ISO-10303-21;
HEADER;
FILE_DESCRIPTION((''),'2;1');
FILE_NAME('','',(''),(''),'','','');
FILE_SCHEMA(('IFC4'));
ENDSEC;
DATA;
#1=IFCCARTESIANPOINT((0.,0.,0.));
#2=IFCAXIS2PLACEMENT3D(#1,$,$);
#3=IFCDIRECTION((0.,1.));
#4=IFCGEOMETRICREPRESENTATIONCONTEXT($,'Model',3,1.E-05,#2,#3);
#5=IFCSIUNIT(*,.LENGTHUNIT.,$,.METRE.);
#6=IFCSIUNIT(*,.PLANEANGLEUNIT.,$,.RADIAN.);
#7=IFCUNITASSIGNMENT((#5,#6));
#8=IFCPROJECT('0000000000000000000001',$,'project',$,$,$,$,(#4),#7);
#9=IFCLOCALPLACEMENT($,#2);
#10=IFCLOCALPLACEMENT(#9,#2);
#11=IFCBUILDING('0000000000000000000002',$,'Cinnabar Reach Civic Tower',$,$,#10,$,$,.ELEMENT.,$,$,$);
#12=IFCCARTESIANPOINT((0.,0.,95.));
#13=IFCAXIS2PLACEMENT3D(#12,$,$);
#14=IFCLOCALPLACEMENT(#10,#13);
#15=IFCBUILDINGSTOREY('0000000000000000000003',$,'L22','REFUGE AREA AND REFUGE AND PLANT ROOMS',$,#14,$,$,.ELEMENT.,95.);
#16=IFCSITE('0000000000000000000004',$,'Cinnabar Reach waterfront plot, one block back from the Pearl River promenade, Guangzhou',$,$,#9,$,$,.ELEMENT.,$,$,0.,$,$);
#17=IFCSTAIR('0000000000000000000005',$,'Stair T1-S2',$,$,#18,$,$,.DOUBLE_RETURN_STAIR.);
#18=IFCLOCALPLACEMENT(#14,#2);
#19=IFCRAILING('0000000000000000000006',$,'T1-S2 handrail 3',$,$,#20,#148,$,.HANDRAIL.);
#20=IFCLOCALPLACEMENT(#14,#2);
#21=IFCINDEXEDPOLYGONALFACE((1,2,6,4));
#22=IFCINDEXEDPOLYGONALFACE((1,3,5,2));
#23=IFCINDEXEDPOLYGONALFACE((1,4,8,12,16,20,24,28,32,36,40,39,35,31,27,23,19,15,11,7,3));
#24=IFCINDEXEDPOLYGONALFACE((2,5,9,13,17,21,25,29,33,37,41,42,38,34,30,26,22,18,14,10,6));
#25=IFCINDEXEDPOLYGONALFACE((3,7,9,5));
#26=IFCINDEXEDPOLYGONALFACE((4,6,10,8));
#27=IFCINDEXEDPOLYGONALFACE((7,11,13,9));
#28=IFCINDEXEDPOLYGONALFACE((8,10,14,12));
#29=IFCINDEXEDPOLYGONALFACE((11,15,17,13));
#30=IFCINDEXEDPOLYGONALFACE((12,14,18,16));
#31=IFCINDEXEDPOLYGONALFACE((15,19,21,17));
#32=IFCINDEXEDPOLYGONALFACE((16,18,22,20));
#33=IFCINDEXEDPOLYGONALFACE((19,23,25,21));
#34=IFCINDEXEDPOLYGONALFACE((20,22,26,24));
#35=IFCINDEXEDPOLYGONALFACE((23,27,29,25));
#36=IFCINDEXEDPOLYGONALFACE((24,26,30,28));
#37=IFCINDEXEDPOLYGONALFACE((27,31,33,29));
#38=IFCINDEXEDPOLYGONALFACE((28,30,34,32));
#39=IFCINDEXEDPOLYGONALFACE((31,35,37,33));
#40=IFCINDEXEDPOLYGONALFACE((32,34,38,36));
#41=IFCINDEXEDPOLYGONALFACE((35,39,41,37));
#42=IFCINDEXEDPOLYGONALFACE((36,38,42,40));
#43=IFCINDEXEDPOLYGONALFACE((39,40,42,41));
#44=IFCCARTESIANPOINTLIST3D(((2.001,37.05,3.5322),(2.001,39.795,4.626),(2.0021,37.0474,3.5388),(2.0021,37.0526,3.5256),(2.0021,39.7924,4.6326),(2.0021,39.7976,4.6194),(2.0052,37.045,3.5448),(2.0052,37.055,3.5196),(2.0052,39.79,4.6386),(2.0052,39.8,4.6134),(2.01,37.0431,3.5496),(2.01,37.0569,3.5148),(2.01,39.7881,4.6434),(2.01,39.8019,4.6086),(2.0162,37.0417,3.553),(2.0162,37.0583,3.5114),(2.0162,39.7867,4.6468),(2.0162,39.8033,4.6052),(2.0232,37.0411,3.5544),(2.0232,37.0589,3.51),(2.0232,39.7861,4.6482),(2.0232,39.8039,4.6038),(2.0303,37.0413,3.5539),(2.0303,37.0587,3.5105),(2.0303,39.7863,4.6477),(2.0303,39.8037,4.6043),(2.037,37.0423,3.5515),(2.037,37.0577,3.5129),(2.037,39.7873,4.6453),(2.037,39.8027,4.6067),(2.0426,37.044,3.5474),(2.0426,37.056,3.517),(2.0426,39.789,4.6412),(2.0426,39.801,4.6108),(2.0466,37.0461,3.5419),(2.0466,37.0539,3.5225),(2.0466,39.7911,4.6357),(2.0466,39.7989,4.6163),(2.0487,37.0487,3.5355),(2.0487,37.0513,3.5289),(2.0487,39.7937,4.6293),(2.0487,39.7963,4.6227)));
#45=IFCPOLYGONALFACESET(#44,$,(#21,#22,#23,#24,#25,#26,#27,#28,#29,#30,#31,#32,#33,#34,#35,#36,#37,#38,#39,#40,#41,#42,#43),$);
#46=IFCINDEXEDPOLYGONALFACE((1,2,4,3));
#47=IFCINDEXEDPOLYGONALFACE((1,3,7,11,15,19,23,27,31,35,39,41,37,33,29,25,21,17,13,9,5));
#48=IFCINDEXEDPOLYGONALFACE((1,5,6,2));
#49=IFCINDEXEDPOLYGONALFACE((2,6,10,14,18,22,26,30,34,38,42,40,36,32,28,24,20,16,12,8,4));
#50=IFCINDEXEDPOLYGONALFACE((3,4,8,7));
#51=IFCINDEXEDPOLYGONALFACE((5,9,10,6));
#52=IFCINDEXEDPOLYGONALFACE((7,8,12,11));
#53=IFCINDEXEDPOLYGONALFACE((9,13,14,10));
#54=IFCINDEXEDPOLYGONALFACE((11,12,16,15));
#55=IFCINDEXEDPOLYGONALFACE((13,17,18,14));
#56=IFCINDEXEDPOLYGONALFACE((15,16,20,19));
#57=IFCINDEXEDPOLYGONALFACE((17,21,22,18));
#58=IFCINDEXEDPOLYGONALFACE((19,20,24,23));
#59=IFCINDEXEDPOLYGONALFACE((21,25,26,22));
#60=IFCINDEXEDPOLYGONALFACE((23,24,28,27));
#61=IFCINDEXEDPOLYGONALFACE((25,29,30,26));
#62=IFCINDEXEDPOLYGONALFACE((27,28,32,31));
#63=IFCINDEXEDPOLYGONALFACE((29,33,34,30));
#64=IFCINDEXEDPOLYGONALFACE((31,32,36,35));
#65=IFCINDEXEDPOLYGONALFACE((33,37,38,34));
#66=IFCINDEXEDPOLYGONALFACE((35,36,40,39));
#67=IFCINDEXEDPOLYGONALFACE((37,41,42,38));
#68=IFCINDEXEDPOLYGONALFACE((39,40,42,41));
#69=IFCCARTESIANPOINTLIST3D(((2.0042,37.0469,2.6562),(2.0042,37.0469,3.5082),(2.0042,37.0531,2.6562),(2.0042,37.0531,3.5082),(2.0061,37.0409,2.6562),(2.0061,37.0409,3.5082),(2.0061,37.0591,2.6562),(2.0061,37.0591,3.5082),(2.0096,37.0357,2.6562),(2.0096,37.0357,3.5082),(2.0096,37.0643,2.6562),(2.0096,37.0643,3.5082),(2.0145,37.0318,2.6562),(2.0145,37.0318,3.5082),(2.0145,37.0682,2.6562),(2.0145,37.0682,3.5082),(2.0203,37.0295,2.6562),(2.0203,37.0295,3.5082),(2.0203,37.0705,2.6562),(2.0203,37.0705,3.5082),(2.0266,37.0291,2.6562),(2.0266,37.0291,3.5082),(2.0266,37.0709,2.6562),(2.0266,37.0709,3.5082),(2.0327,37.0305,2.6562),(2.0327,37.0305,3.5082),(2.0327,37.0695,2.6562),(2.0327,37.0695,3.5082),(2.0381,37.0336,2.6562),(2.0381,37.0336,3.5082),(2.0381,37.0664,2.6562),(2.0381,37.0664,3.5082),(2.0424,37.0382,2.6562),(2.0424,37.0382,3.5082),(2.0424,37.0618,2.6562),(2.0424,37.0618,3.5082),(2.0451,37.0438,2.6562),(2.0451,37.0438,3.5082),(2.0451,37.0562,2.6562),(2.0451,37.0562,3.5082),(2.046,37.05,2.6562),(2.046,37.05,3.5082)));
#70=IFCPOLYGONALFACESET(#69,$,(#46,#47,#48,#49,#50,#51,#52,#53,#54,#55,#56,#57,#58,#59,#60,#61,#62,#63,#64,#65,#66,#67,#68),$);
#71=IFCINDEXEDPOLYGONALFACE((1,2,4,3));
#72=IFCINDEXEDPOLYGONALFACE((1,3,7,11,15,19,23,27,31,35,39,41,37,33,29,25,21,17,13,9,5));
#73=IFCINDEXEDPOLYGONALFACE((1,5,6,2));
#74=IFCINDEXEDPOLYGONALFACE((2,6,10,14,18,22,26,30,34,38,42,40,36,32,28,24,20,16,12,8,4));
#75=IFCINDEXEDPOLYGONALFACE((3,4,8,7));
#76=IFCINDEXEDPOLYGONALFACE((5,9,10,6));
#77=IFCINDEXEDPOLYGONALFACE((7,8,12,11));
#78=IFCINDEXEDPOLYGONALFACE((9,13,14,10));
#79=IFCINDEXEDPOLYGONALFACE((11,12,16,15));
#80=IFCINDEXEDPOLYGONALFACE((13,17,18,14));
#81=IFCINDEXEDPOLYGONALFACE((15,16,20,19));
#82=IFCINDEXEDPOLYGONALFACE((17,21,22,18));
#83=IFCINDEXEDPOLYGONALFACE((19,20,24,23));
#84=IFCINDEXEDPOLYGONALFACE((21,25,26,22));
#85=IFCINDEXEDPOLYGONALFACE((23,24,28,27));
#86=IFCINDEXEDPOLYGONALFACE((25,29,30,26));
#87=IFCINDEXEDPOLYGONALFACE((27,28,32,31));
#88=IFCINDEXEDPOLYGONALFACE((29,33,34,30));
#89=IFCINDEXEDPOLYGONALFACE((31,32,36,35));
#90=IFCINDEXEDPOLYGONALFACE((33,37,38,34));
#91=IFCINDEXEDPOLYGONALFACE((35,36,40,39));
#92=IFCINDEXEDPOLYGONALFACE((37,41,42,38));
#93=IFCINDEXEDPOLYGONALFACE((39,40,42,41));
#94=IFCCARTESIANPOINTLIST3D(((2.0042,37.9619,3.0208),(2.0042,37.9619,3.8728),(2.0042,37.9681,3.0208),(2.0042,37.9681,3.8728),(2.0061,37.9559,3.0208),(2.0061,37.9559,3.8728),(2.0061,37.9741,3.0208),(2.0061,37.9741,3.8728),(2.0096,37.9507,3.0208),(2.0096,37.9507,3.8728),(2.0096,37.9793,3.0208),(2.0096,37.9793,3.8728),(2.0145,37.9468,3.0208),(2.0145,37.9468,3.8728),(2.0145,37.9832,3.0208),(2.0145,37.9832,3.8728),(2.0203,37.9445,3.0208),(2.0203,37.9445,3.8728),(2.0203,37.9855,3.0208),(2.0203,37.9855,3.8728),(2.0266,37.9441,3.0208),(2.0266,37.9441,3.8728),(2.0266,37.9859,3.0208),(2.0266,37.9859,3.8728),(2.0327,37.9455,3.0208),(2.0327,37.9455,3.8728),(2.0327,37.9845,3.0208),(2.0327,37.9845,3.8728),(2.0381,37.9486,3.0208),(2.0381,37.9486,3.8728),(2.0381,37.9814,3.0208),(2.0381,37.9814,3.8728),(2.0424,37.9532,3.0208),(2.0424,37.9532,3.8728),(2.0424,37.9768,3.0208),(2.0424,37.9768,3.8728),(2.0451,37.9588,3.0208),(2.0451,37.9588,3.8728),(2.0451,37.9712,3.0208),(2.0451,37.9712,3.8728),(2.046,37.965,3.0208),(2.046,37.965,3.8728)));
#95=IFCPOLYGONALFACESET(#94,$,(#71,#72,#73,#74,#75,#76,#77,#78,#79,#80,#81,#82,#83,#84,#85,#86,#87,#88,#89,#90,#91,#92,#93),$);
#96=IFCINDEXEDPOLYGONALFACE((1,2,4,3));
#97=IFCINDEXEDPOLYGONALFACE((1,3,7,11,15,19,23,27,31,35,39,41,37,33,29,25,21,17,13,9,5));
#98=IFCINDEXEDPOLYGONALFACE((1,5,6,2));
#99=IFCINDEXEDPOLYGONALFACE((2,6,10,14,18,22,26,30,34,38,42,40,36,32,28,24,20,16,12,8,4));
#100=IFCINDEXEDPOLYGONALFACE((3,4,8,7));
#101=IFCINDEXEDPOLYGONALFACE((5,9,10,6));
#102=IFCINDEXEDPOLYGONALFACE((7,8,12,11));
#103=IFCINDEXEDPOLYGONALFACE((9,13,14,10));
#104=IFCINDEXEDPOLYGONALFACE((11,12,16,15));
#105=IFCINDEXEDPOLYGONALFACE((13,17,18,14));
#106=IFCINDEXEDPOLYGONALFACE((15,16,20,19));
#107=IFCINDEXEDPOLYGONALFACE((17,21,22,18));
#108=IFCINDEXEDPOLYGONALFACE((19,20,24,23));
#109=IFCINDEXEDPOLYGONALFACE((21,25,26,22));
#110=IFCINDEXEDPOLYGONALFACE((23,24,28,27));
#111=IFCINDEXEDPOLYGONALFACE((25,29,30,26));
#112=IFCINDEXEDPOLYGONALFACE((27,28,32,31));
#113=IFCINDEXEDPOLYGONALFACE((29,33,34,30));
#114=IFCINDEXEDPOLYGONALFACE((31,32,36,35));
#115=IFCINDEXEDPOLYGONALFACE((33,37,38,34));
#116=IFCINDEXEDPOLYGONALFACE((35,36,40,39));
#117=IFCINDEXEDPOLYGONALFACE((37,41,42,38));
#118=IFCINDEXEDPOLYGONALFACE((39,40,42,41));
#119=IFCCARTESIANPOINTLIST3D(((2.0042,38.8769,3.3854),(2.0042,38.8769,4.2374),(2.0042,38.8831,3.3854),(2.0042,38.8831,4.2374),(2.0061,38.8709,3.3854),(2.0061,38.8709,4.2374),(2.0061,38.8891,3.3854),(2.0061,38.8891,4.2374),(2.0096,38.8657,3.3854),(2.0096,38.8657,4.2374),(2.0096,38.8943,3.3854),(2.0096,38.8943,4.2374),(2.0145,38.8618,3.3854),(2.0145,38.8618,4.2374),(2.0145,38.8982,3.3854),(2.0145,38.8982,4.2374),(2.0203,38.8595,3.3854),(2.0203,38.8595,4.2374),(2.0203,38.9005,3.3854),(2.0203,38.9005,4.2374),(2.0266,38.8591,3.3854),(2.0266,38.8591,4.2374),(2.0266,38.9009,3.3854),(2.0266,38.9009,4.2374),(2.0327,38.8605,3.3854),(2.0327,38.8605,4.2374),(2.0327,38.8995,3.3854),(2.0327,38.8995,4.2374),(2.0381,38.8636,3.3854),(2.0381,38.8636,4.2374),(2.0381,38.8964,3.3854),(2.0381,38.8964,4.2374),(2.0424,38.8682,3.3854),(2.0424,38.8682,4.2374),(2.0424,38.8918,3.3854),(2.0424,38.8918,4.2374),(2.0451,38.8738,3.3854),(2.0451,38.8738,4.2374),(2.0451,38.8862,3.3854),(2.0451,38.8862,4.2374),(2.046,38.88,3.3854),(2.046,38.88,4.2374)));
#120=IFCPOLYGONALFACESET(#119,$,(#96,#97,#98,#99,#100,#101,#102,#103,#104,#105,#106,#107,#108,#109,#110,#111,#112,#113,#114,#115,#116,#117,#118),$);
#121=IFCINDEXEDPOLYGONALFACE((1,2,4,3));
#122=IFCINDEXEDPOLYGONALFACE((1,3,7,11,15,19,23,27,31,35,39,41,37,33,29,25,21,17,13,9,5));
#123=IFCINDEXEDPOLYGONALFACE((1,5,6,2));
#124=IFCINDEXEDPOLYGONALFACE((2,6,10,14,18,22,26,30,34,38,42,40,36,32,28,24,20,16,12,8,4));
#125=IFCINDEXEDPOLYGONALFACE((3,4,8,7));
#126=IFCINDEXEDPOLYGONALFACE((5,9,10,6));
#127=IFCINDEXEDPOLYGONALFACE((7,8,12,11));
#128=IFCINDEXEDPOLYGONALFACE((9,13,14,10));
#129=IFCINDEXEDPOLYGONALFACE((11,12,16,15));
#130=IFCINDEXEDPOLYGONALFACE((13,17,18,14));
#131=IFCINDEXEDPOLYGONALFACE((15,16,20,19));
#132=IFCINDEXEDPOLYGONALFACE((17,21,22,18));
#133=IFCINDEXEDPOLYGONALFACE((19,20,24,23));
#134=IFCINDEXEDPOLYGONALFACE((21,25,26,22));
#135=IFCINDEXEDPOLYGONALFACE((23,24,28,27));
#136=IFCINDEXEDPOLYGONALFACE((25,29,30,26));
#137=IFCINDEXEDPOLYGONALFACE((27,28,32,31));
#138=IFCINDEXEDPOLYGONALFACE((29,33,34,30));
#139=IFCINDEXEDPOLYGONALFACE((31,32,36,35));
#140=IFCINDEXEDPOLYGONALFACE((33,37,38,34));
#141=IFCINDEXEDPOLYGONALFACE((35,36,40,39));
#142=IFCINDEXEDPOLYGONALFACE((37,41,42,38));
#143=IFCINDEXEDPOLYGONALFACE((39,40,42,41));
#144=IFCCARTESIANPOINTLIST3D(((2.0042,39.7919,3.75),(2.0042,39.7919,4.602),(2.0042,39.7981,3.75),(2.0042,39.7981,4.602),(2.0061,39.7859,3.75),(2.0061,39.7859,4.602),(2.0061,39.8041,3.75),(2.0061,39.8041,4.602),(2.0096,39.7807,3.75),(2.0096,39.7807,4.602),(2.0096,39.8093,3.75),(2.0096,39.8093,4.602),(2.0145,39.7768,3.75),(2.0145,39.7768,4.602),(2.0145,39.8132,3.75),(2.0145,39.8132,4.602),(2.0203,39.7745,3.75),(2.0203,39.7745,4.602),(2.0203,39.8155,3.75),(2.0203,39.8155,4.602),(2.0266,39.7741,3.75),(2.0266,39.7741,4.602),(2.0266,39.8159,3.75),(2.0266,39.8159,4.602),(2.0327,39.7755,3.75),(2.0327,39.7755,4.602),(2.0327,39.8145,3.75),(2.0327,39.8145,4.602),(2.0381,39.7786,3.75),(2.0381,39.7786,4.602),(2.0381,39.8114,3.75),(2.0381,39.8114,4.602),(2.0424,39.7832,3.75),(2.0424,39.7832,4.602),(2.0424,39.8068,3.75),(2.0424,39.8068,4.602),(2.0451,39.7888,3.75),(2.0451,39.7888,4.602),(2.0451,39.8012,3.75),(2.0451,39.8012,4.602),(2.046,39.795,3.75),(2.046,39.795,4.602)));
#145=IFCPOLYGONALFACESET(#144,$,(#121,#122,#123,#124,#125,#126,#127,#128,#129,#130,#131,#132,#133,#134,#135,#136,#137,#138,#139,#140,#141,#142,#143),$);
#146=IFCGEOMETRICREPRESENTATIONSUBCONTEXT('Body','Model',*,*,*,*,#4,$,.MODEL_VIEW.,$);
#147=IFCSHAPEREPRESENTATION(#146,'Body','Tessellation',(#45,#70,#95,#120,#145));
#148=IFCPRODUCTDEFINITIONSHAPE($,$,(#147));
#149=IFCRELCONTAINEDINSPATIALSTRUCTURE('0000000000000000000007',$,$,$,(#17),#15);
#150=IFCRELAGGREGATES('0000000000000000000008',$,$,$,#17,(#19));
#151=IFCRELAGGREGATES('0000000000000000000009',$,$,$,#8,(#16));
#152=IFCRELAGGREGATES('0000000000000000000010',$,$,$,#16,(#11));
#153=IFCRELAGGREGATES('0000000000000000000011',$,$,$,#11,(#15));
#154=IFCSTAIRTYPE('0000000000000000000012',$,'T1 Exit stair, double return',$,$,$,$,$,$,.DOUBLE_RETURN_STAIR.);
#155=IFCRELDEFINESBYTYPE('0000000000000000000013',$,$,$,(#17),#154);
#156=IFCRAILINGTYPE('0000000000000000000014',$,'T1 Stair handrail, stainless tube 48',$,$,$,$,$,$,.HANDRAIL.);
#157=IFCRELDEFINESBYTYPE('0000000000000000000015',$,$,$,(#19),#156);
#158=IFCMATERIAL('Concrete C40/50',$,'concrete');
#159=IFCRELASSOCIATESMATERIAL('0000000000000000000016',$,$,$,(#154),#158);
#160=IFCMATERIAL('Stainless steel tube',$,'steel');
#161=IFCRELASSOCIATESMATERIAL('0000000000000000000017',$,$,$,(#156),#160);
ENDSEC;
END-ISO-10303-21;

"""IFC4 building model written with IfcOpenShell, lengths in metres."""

from ifc_helpers import new_model, si_unit, direction, frame, origin, origin_2d, place, context, subcontext, project, spatial, circle, extrude, material, type_object, element, aggregate, save


model = new_model("IFC4")

# Units and contexts
model_context = context("Model", 3, precision=1e-05, world=origin(), true_north=direction((0.0, 1.0)))
body_context = subcontext(model_context, "Body", "Model", "MODEL_VIEW")
ifc_project = project(units=[si_unit("LENGTHUNIT", "METRE"), si_unit("PLANEANGLEUNIT", "RADIAN")], contexts=[model_context])

# Site, building, storey
site_placement = place(None, origin())
site = spatial("IfcSite", under=ifc_project, at=site_placement, Name="Cinnabar Reach waterfront plot, one block back from the Pearl River promenade, Guangzhou", CompositionType="ELEMENT", RefElevation=0.0)
building_placement = place(site_placement, origin())
building = spatial("IfcBuilding", under=site, at=building_placement, Name="Cinnabar Reach Civic Tower", CompositionType="ELEMENT")
storey_placement = place(building_placement, frame((0.0, 0.0, 95.0)))
storey = spatial("IfcBuildingStorey", under=building, at=storey_placement, Name="L22", Description="REFUGE AREA AND REFUGE AND PLANT ROOMS", CompositionType="ELEMENT", Elevation=95.0)

# Stair, railing
ifc_material_1 = material(Name="Concrete C40/50", Category="concrete")
stair_type = type_object("IfcStairType", Name="T1 Exit stair, double return", PredefinedType="DOUBLE_RETURN_STAIR", material=ifc_material_1)
stair_placement = place(storey_placement, origin())
stair = element("IfcStair", 1, at=stair_placement, inside=storey, type_object=stair_type, Name="Stair T1-S2", PredefinedType="DOUBLE_RETURN_STAIR")
ifc_material_2 = material(Name="Stainless steel tube", Category="steel")
railing_type = type_object("IfcRailingType", Name="T1 Stair handrail, stainless tube 48", PredefinedType="HANDRAIL", material=ifc_material_2)
railing_1_placement = place(storey_placement, frame((2.025, 37.05, 2.6562)))
railing_1 = element("IfcRailing", 2, at=railing_1_placement, type_object=railing_type, Name="T1-S2 handrail 3", PredefinedType="HANDRAIL", context=body_context, shape_type="SweptSolid", body=[
    extrude(circle(Radius=0.024, at=origin_2d()), frame((0.0, 0.0, 0.876), z_axis=(0.0, 0.928966, 0.370165), x_axis=(-1.0, 0.0, 0.0)), (0.0, 0.0, 1.0), 2.9549),
    extrude(circle(Radius=0.021, at=origin_2d()), origin(), (0.0, 0.0, 1.0), 0.852),
    extrude(circle(Radius=0.021, at=origin_2d()), frame((0.0, 0.915, 0.3646)), (0.0, 0.0, 1.0), 0.852),
    extrude(circle(Radius=0.021, at=origin_2d()), frame((0.0, 1.83, 0.7292)), (0.0, 0.0, 1.0), 0.852),
    extrude(circle(Radius=0.021, at=origin_2d()), frame((0.0, 2.745, 1.0938)), (0.0, 0.0, 1.0), 0.852),
])
aggregate(stair, [railing_1])

save(model, "model.ifc")
